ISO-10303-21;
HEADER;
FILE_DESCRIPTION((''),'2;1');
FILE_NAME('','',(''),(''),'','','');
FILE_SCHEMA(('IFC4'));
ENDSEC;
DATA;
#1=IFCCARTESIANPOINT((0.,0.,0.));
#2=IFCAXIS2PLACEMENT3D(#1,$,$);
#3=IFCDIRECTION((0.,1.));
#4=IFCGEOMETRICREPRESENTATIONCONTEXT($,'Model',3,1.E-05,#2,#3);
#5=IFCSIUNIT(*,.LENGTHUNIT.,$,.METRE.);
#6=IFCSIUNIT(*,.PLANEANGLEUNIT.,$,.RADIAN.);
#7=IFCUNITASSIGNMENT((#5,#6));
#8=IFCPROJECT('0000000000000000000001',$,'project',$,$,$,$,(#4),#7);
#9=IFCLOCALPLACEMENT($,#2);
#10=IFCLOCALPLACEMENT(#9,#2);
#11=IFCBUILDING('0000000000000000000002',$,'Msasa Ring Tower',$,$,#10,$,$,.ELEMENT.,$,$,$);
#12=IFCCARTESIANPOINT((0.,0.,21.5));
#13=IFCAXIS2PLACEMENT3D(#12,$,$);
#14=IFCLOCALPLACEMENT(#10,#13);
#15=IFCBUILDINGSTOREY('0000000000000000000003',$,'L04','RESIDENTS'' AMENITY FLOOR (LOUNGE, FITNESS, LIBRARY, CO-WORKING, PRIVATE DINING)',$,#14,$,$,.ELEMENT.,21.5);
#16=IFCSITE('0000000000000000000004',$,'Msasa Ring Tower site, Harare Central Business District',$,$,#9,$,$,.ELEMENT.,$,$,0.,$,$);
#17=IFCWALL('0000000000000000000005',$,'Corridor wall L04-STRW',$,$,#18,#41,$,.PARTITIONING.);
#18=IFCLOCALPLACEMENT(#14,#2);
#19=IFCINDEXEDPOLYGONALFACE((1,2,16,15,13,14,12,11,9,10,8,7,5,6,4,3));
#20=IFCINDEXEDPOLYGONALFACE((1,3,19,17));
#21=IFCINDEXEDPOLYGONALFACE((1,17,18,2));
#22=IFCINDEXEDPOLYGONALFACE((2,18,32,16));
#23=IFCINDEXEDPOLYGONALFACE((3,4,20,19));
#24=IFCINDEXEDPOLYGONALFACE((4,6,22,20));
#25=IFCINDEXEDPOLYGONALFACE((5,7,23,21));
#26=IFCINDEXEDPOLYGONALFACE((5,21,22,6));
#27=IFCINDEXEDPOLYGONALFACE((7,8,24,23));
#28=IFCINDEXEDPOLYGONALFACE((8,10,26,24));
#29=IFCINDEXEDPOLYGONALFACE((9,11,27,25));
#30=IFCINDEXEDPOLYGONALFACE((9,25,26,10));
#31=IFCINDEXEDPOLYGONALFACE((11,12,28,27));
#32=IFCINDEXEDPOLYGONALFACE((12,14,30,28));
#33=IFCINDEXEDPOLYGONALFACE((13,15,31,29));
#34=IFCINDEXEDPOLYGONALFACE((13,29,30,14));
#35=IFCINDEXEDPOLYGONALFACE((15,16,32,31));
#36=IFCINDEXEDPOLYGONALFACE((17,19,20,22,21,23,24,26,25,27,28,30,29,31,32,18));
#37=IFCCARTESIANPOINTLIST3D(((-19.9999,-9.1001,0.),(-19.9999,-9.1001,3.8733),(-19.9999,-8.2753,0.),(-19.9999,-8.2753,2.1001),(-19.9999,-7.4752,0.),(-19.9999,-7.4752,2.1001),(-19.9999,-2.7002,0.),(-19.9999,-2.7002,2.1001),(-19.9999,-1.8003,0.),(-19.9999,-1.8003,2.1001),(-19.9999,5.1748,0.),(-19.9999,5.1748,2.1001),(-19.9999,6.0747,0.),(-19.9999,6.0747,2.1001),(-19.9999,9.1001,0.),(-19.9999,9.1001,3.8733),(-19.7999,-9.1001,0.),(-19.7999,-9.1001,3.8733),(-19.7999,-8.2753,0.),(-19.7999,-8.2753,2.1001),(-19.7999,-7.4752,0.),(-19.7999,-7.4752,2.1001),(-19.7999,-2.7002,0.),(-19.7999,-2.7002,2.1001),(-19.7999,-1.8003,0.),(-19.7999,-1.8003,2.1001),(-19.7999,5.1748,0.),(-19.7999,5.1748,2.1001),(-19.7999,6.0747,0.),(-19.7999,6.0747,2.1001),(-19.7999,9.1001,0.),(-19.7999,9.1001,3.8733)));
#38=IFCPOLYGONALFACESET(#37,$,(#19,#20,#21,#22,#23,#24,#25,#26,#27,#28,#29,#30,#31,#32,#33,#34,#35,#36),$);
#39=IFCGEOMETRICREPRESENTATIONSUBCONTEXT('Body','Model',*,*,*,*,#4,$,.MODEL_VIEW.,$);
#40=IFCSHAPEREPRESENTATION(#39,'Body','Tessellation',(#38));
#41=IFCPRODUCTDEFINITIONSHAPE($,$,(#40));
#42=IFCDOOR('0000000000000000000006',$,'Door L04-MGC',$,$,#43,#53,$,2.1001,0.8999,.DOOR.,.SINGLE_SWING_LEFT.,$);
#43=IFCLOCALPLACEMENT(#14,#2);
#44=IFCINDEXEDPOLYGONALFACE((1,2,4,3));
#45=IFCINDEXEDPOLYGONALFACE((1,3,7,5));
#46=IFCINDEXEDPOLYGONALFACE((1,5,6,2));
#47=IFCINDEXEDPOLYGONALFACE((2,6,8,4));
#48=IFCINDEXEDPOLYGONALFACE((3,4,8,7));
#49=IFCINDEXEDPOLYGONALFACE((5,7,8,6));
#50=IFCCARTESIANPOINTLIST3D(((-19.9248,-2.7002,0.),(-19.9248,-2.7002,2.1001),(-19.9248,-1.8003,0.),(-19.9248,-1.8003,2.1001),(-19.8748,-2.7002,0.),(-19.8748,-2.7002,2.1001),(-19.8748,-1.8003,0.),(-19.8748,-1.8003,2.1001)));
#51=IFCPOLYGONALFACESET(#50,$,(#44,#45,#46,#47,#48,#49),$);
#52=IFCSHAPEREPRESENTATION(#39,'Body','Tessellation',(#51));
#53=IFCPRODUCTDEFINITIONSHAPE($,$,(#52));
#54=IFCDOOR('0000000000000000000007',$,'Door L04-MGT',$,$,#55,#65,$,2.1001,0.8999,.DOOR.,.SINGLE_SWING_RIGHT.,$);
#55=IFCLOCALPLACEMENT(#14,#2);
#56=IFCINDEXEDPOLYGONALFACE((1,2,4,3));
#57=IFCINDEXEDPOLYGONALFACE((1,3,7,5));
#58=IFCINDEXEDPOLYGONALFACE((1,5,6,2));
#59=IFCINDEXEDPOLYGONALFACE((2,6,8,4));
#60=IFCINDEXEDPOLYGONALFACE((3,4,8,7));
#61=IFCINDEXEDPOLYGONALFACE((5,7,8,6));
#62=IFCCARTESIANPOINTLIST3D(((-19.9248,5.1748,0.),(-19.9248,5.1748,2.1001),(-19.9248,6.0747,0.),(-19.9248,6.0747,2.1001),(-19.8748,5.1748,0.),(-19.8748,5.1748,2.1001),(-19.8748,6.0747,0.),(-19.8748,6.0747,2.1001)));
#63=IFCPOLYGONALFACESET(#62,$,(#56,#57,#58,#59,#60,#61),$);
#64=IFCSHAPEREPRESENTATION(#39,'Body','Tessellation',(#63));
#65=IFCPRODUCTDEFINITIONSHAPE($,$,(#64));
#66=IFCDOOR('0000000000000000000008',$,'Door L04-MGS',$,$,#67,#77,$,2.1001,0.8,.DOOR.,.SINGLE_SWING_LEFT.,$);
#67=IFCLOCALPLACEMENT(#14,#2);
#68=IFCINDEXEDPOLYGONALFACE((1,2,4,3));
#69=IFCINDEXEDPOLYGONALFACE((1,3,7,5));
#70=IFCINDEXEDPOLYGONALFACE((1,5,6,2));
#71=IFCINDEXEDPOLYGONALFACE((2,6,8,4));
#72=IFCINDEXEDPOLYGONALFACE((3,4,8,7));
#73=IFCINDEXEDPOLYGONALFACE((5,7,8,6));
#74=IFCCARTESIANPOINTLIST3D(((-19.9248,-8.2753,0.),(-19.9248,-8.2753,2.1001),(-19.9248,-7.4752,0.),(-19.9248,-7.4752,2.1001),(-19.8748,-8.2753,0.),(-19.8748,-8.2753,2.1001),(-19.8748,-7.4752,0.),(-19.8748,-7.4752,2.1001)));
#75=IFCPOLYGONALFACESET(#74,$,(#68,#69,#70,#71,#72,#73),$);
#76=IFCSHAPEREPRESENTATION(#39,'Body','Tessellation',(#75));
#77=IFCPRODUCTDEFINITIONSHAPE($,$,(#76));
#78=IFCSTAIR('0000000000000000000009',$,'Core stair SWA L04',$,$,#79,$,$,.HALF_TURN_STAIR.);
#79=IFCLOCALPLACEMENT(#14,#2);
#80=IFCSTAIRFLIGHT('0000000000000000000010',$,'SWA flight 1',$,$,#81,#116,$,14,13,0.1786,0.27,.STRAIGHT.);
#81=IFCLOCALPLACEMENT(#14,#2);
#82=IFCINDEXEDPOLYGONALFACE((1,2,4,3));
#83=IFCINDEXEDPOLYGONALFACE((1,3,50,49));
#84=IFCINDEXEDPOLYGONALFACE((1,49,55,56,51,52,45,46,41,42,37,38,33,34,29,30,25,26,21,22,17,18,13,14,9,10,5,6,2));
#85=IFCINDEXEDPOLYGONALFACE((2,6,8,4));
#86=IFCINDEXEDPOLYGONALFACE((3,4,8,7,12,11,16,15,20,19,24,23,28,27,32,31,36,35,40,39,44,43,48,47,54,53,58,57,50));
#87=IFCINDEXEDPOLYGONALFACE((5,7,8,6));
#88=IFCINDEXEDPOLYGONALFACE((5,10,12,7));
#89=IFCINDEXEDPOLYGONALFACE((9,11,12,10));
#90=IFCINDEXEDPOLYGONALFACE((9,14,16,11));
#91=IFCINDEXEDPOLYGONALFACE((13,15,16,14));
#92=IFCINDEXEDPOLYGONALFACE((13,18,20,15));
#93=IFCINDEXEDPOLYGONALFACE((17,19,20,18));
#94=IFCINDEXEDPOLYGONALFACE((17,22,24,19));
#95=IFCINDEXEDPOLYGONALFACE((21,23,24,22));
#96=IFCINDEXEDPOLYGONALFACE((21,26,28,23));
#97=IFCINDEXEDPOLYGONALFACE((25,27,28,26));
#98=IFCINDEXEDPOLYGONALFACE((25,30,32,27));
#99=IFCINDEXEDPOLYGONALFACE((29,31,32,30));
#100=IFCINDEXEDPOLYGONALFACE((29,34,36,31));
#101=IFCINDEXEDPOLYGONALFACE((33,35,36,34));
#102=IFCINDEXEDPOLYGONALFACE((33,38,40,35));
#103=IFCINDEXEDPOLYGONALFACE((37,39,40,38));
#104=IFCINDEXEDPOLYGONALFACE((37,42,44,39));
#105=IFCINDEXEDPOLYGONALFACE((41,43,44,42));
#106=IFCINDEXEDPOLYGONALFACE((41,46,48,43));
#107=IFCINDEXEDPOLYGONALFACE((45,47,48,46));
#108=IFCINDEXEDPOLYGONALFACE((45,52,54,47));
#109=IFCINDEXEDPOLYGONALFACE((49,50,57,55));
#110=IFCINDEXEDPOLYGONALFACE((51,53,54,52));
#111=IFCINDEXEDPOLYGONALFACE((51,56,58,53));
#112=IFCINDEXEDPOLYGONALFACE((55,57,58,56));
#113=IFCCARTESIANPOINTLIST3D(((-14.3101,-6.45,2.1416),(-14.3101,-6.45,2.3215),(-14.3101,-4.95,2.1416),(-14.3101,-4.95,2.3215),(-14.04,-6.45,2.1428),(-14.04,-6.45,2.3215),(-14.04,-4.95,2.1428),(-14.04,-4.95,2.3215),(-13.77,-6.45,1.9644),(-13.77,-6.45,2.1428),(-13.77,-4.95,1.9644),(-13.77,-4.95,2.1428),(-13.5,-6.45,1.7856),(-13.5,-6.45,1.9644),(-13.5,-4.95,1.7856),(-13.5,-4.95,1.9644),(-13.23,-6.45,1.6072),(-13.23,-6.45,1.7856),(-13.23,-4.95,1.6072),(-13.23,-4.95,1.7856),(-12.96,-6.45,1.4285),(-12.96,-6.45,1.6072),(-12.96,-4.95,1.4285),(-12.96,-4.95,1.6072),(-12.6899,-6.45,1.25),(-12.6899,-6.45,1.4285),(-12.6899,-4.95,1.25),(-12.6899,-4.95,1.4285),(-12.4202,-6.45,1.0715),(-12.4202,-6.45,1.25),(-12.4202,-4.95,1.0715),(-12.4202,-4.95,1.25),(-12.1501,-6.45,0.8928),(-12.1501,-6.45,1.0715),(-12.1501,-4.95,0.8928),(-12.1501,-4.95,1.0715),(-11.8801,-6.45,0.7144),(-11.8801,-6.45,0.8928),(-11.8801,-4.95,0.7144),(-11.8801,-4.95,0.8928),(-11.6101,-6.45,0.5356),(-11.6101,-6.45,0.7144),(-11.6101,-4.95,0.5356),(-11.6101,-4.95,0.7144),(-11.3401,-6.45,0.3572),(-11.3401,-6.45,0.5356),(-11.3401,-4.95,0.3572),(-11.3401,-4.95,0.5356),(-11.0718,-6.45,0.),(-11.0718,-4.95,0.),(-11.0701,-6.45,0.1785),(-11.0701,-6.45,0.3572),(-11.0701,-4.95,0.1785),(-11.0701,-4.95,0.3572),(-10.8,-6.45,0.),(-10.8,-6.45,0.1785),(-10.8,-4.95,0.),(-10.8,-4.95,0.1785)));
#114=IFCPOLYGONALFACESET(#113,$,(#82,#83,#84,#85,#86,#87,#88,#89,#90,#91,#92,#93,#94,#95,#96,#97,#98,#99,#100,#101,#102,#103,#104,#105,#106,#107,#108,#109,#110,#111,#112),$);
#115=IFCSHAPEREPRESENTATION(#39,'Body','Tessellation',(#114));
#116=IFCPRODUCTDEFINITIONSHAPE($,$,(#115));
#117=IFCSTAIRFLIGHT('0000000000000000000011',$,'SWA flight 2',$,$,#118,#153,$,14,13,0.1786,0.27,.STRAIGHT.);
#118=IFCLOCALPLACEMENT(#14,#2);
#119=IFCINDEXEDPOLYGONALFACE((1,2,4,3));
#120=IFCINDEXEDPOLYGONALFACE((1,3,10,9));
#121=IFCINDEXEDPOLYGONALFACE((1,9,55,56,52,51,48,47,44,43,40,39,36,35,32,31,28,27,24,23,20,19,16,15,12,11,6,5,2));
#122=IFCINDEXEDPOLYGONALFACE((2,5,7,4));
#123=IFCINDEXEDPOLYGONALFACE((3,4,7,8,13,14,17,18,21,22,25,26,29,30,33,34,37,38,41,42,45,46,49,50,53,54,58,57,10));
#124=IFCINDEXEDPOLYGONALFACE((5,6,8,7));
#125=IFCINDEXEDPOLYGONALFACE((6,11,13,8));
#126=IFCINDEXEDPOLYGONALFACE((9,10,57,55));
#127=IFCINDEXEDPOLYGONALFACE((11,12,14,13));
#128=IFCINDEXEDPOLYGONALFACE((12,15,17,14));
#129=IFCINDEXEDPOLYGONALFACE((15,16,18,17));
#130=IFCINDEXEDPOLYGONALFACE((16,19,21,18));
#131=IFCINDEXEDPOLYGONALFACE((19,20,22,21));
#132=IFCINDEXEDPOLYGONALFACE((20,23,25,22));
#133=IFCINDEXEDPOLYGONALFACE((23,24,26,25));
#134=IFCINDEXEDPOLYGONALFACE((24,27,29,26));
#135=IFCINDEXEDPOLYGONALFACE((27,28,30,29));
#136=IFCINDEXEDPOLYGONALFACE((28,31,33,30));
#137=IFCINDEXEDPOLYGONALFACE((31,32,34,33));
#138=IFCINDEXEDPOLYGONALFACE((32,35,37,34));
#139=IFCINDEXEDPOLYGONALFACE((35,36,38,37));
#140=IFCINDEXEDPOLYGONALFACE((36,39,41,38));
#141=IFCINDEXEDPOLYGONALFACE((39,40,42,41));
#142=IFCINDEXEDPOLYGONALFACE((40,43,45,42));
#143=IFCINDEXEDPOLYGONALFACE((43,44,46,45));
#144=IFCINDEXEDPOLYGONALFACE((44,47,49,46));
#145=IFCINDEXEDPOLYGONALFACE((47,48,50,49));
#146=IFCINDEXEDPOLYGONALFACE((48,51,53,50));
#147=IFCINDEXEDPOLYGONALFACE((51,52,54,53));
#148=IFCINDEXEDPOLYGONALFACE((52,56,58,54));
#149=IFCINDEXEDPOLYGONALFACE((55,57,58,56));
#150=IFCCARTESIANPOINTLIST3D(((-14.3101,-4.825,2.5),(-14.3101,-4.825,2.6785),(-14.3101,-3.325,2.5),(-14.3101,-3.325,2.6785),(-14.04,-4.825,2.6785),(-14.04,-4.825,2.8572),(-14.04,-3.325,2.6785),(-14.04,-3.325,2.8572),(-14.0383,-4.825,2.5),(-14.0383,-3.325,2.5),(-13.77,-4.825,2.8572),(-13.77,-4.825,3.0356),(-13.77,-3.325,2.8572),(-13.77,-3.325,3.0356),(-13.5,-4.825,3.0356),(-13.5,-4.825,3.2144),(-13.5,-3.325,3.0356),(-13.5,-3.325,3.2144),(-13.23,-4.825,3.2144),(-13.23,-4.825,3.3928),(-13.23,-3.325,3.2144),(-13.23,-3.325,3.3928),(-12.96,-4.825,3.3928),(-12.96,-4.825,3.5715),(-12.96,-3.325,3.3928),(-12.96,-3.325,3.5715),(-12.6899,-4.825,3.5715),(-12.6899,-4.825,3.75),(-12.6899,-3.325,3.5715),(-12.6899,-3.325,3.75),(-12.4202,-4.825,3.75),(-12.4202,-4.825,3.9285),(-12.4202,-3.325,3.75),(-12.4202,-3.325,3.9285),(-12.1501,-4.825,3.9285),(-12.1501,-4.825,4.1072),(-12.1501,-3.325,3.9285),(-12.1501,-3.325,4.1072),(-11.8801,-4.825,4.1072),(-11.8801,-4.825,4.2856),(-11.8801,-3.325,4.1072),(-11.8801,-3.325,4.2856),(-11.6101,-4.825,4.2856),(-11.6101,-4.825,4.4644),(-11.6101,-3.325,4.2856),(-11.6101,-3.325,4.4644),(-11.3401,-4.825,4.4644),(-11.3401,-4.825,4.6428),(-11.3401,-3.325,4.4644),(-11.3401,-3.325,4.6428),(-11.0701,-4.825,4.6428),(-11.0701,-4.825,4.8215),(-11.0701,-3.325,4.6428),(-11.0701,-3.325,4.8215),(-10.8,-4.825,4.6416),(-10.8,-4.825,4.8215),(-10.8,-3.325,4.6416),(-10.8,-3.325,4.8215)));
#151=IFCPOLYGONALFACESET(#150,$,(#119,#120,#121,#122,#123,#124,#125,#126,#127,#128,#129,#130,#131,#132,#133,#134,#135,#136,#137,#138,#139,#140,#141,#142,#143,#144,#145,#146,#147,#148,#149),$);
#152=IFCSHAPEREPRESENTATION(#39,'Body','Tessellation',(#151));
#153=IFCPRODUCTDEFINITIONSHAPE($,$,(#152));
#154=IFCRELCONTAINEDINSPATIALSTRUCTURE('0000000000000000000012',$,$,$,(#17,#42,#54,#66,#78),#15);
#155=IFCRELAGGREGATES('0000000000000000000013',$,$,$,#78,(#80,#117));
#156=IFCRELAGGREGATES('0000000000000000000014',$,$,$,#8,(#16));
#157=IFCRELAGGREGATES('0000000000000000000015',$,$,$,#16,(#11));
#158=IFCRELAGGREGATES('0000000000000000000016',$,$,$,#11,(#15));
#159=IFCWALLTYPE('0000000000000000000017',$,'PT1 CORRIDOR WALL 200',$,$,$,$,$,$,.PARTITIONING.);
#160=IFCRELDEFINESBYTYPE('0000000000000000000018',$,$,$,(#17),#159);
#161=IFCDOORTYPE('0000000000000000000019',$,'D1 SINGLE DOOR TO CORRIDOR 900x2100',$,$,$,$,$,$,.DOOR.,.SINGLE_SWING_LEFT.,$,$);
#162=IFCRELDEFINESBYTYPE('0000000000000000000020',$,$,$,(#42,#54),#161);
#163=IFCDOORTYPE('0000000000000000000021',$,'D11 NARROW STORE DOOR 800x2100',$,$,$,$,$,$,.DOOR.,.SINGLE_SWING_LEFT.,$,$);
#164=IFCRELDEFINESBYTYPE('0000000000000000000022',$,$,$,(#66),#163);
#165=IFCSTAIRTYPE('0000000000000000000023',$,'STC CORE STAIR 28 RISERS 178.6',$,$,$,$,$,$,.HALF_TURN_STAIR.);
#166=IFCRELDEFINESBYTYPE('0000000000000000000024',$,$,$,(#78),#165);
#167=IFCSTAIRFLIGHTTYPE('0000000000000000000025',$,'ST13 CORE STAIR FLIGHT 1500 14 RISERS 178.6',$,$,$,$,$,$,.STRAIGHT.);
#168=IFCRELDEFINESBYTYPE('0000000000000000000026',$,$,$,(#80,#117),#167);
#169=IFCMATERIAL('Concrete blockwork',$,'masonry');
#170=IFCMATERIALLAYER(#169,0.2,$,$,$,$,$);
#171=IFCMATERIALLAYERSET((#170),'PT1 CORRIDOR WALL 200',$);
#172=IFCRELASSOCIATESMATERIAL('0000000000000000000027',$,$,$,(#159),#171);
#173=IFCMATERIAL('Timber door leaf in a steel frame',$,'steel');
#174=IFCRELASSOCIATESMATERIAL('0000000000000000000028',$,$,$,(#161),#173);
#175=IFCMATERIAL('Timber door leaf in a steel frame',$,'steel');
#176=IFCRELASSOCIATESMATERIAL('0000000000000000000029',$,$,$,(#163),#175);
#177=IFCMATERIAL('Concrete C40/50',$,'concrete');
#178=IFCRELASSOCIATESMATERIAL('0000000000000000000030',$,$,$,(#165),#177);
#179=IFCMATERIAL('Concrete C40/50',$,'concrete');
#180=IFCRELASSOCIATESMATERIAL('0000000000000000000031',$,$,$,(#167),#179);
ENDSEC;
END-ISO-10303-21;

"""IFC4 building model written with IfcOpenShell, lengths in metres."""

from ifc_helpers import new_model, si_unit, direction, frame, frame_2d, origin, place, context, subcontext, project, spatial, polyline, rectangle, outline, extrude, material, layer, layer_set, type_object, element, fill, aggregate, save


model = new_model("IFC4")

# Units and contexts
model_context = context("Model", 3, precision=1e-05, world=origin(), true_north=direction((0.0, 1.0)))
body_context = subcontext(model_context, "Body", "Model", "MODEL_VIEW")
ifc_project = project(units=[si_unit("LENGTHUNIT", "METRE"), si_unit("PLANEANGLEUNIT", "RADIAN")], contexts=[model_context])

# Site, building, storey
site_placement = place(None, origin())
site = spatial("IfcSite", under=ifc_project, at=site_placement, Name="Msasa Ring Tower site, Harare Central Business District", CompositionType="ELEMENT", RefElevation=0.0)
building_placement = place(site_placement, origin())
building = spatial("IfcBuilding", under=site, at=building_placement, Name="Msasa Ring Tower", CompositionType="ELEMENT")
storey_placement = place(building_placement, frame((0.0, 0.0, 21.5)))
storey = spatial("IfcBuildingStorey", under=building, at=storey_placement, Name="L04", Description="RESIDENTS' AMENITY FLOOR (LOUNGE, FITNESS, LIBRARY, CO-WORKING, PRIVATE DINING)", CompositionType="ELEMENT", Elevation=21.5)

# Wall, openings, doors
ifc_material_1 = material(Name="Concrete blockwork", Category="masonry")
ifc_layer_1 = layer(ifc_material_1, 0.2)
ifc_layer_set_1 = layer_set([ifc_layer_1], Name="PT1 CORRIDOR WALL 200")
wall_type_1 = type_object("IfcWallType", Name="PT1 CORRIDOR WALL 200", PredefinedType="PARTITIONING", material=ifc_layer_set_1)
wall_1_placement = place(storey_placement, frame((-19.8999, -9.1001, 0.0), z_axis=(0.0, 0.0, 1.0), x_axis=(0.0, 1.0, 0.0)))
wall_1 = element("IfcWall", 1, at=wall_1_placement, inside=storey, type_object=wall_type_1, Name="Corridor wall L04-STRW", PredefinedType="PARTITIONING", context=body_context, shape_type="SweptSolid", body=[
    extrude(rectangle(XDim=18.2002, YDim=0.2, at=frame_2d((9.1001, 0.0))), origin(), (0.0, 0.0, 1.0), 3.8733),
])
opening_1_placement = place(wall_1_placement, frame((0.825, 0.0, 0.0)))
opening_1 = element("IfcOpeningElement", 2, at=opening_1_placement, cuts=wall_1, PredefinedType="OPENING", context=body_context, shape_type="SweptSolid", body=[
    extrude(rectangle(XDim=0.8, YDim=2.1001, at=frame_2d((0.3999, 1.05))), frame((0.0, 0.1099, 0.0), z_axis=(0.0, -1.0, 0.0), x_axis=(1.0, 0.0, 0.0)), (0.0, 0.0, 1.0), 0.22),
])
opening_2_placement = place(wall_1_placement, frame((6.3999, 0.0, 0.0)))
opening_2 = element("IfcOpeningElement", 3, at=opening_2_placement, cuts=wall_1, PredefinedType="OPENING", context=body_context, shape_type="SweptSolid", body=[
    extrude(rectangle(XDim=0.8999, YDim=2.1001, at=frame_2d((0.45, 1.05))), frame((0.0, 0.1099, 0.0), z_axis=(0.0, -1.0, 0.0), x_axis=(1.0, 0.0, 0.0)), (0.0, 0.0, 1.0), 0.22),
])
opening_3_placement = place(wall_1_placement, frame((14.2749, 0.0, 0.0)))
opening_3 = element("IfcOpeningElement", 4, at=opening_3_placement, cuts=wall_1, PredefinedType="OPENING", context=body_context, shape_type="SweptSolid", body=[
    extrude(rectangle(XDim=0.8999, YDim=2.1001, at=frame_2d((0.45, 1.05))), frame((0.0, 0.1099, 0.0), z_axis=(0.0, -1.0, 0.0), x_axis=(1.0, 0.0, 0.0)), (0.0, 0.0, 1.0), 0.22),
])
ifc_material_2 = material(Name="Timber door leaf in a steel frame", Category="steel")
door_type_1 = type_object("IfcDoorType", Name="D1 SINGLE DOOR TO CORRIDOR 900x2100", OperationType="SINGLE_SWING_LEFT", PredefinedType="DOOR", material=ifc_material_2)
door_1_placement = place(opening_2_placement, origin())
door_1 = element("IfcDoor", 5, at=door_1_placement, inside=storey, type_object=door_type_1, Name="Door L04-MGC", OperationType="SINGLE_SWING_LEFT", OverallHeight=2.1001, OverallWidth=0.8999, PredefinedType="DOOR", context=body_context, shape_type="SweptSolid", body=[
    extrude(rectangle(XDim=0.8999, YDim=2.1001, at=frame_2d((0.45, 1.05))), frame((0.0, 0.0249, 0.0), z_axis=(0.0, -1.0, 0.0), x_axis=(1.0, 0.0, 0.0)), (0.0, 0.0, 1.0), 0.05),
])
fill(opening_2, door_1)
door_2_placement = place(opening_3_placement, origin())
door_2 = element("IfcDoor", 6, at=door_2_placement, inside=storey, type_object=door_type_1, Name="Door L04-MGT", OperationType="SINGLE_SWING_RIGHT", OverallHeight=2.1001, OverallWidth=0.8999, PredefinedType="DOOR", context=body_context, shape_type="SweptSolid", body=[
    extrude(rectangle(XDim=0.8999, YDim=2.1001, at=frame_2d((0.45, 1.05))), frame((0.0, 0.0249, 0.0), z_axis=(0.0, -1.0, 0.0), x_axis=(1.0, 0.0, 0.0)), (0.0, 0.0, 1.0), 0.05),
])
fill(opening_3, door_2)
ifc_material_3 = material(Name="Timber door leaf in a steel frame", Category="steel")
door_type_2 = type_object("IfcDoorType", Name="D11 NARROW STORE DOOR 800x2100", OperationType="SINGLE_SWING_LEFT", PredefinedType="DOOR", material=ifc_material_3)
door_3_placement = place(opening_1_placement, origin())
door_3 = element("IfcDoor", 7, at=door_3_placement, inside=storey, type_object=door_type_2, Name="Door L04-MGS", OperationType="SINGLE_SWING_LEFT", OverallHeight=2.1001, OverallWidth=0.8, PredefinedType="DOOR", context=body_context, shape_type="SweptSolid", body=[
    extrude(rectangle(XDim=0.8, YDim=2.1001, at=frame_2d((0.3999, 1.05))), frame((0.0, 0.0249, 0.0), z_axis=(0.0, -1.0, 0.0), x_axis=(1.0, 0.0, 0.0)), (0.0, 0.0, 1.0), 0.05),
])
fill(opening_1, door_3)

# Stair, stair flights
ifc_material_4 = material(Name="Concrete C40/50", Category="concrete")
stair_type = type_object("IfcStairType", Name="STC CORE STAIR 28 RISERS 178.6", PredefinedType="HALF_TURN_STAIR", material=ifc_material_4)
stair_placement = place(storey_placement, origin())
stair = element("IfcStair", 8, at=stair_placement, inside=storey, type_object=stair_type, Name="Core stair SWA L04", PredefinedType="HALF_TURN_STAIR")
ifc_material_5 = material(Name="Concrete C40/50", Category="concrete")
stair_flight_type = type_object("IfcStairFlightType", Name="ST13 CORE STAIR FLIGHT 1500 14 RISERS 178.6", PredefinedType="STRAIGHT", material=ifc_material_5)
stair_flight_1_placement = place(storey_placement, frame((-10.8, -5.7, 0.0), z_axis=(0.0, 0.0, 1.0), x_axis=(-1.0, 0.0, 0.0)))
stair_flight_1 = element("IfcStairFlight", 9, at=stair_flight_1_placement, type_object=stair_flight_type, Name="SWA flight 1", NumberOfRisers=14, NumberOfTreads=13, PredefinedType="STRAIGHT", RiserHeight=0.1786, TreadLength=0.27, context=body_context, shape_type="SweptSolid", body=[
    extrude(outline(polyline([(0.0, 0.0), (0.0, 0.1785), (0.27, 0.1785), (0.27, 0.3572), (0.54, 0.3572), (0.54, 0.5356), (0.8101, 0.5356), (0.8101, 0.7144), (1.0801, 0.7144), (1.0801, 0.8928), (1.3501, 0.8928), (1.3501, 1.0715), (1.6201, 1.0715), (1.6201, 1.25), (1.8899, 1.25), (1.8899, 1.4285), (2.1599, 1.4285), (2.1599, 1.6072), (2.4299, 1.6072), (2.4299, 1.7856), (2.7, 1.7856), (2.7, 1.9644), (2.97, 1.9644), (2.97, 2.1428), (3.24, 2.1428), (3.24, 2.3215), (3.51, 2.3215), (3.51, 2.5), (3.51, 2.1416), (0.2717, 0.0), (0.0, 0.0)])), frame((0.0, 0.75, 0.0), z_axis=(0.0, -1.0, 0.0), x_axis=(1.0, 0.0, 0.0)), (0.0, 0.0, 1.0), 1.5),
])
stair_flight_2_placement = place(storey_placement, frame((-14.3101, -4.075, 2.5), z_axis=(0.0, 0.0, 1.0), x_axis=(1.0, 0.0, 0.0)))
stair_flight_2 = element("IfcStairFlight", 10, at=stair_flight_2_placement, type_object=stair_flight_type, Name="SWA flight 2", NumberOfRisers=14, NumberOfTreads=13, PredefinedType="STRAIGHT", RiserHeight=0.1786, TreadLength=0.27, context=body_context, shape_type="SweptSolid", body=[
    extrude(outline(polyline([(0.0, 0.0), (0.0, 0.1785), (0.27, 0.1785), (0.27, 0.3572), (0.54, 0.3572), (0.54, 0.5356), (0.8101, 0.5356), (0.8101, 0.7144), (1.0801, 0.7144), (1.0801, 0.8928), (1.3501, 0.8928), (1.3501, 1.0715), (1.6201, 1.0715), (1.6201, 1.25), (1.8899, 1.25), (1.8899, 1.4285), (2.1599, 1.4285), (2.1599, 1.6072), (2.4299, 1.6072), (2.4299, 1.7856), (2.7, 1.7856), (2.7, 1.9644), (2.97, 1.9644), (2.97, 2.1428), (3.24, 2.1428), (3.24, 2.3215), (3.51, 2.3215), (3.51, 2.5), (3.51, 2.1416), (0.2717, 0.0), (0.0, 0.0)])), frame((0.0, 0.75, 0.0), z_axis=(0.0, -1.0, 0.0), x_axis=(1.0, 0.0, 0.0)), (0.0, 0.0, 1.0), 1.5),
])
aggregate(stair, [stair_flight_1, stair_flight_2])

save(model, "model.ifc")
